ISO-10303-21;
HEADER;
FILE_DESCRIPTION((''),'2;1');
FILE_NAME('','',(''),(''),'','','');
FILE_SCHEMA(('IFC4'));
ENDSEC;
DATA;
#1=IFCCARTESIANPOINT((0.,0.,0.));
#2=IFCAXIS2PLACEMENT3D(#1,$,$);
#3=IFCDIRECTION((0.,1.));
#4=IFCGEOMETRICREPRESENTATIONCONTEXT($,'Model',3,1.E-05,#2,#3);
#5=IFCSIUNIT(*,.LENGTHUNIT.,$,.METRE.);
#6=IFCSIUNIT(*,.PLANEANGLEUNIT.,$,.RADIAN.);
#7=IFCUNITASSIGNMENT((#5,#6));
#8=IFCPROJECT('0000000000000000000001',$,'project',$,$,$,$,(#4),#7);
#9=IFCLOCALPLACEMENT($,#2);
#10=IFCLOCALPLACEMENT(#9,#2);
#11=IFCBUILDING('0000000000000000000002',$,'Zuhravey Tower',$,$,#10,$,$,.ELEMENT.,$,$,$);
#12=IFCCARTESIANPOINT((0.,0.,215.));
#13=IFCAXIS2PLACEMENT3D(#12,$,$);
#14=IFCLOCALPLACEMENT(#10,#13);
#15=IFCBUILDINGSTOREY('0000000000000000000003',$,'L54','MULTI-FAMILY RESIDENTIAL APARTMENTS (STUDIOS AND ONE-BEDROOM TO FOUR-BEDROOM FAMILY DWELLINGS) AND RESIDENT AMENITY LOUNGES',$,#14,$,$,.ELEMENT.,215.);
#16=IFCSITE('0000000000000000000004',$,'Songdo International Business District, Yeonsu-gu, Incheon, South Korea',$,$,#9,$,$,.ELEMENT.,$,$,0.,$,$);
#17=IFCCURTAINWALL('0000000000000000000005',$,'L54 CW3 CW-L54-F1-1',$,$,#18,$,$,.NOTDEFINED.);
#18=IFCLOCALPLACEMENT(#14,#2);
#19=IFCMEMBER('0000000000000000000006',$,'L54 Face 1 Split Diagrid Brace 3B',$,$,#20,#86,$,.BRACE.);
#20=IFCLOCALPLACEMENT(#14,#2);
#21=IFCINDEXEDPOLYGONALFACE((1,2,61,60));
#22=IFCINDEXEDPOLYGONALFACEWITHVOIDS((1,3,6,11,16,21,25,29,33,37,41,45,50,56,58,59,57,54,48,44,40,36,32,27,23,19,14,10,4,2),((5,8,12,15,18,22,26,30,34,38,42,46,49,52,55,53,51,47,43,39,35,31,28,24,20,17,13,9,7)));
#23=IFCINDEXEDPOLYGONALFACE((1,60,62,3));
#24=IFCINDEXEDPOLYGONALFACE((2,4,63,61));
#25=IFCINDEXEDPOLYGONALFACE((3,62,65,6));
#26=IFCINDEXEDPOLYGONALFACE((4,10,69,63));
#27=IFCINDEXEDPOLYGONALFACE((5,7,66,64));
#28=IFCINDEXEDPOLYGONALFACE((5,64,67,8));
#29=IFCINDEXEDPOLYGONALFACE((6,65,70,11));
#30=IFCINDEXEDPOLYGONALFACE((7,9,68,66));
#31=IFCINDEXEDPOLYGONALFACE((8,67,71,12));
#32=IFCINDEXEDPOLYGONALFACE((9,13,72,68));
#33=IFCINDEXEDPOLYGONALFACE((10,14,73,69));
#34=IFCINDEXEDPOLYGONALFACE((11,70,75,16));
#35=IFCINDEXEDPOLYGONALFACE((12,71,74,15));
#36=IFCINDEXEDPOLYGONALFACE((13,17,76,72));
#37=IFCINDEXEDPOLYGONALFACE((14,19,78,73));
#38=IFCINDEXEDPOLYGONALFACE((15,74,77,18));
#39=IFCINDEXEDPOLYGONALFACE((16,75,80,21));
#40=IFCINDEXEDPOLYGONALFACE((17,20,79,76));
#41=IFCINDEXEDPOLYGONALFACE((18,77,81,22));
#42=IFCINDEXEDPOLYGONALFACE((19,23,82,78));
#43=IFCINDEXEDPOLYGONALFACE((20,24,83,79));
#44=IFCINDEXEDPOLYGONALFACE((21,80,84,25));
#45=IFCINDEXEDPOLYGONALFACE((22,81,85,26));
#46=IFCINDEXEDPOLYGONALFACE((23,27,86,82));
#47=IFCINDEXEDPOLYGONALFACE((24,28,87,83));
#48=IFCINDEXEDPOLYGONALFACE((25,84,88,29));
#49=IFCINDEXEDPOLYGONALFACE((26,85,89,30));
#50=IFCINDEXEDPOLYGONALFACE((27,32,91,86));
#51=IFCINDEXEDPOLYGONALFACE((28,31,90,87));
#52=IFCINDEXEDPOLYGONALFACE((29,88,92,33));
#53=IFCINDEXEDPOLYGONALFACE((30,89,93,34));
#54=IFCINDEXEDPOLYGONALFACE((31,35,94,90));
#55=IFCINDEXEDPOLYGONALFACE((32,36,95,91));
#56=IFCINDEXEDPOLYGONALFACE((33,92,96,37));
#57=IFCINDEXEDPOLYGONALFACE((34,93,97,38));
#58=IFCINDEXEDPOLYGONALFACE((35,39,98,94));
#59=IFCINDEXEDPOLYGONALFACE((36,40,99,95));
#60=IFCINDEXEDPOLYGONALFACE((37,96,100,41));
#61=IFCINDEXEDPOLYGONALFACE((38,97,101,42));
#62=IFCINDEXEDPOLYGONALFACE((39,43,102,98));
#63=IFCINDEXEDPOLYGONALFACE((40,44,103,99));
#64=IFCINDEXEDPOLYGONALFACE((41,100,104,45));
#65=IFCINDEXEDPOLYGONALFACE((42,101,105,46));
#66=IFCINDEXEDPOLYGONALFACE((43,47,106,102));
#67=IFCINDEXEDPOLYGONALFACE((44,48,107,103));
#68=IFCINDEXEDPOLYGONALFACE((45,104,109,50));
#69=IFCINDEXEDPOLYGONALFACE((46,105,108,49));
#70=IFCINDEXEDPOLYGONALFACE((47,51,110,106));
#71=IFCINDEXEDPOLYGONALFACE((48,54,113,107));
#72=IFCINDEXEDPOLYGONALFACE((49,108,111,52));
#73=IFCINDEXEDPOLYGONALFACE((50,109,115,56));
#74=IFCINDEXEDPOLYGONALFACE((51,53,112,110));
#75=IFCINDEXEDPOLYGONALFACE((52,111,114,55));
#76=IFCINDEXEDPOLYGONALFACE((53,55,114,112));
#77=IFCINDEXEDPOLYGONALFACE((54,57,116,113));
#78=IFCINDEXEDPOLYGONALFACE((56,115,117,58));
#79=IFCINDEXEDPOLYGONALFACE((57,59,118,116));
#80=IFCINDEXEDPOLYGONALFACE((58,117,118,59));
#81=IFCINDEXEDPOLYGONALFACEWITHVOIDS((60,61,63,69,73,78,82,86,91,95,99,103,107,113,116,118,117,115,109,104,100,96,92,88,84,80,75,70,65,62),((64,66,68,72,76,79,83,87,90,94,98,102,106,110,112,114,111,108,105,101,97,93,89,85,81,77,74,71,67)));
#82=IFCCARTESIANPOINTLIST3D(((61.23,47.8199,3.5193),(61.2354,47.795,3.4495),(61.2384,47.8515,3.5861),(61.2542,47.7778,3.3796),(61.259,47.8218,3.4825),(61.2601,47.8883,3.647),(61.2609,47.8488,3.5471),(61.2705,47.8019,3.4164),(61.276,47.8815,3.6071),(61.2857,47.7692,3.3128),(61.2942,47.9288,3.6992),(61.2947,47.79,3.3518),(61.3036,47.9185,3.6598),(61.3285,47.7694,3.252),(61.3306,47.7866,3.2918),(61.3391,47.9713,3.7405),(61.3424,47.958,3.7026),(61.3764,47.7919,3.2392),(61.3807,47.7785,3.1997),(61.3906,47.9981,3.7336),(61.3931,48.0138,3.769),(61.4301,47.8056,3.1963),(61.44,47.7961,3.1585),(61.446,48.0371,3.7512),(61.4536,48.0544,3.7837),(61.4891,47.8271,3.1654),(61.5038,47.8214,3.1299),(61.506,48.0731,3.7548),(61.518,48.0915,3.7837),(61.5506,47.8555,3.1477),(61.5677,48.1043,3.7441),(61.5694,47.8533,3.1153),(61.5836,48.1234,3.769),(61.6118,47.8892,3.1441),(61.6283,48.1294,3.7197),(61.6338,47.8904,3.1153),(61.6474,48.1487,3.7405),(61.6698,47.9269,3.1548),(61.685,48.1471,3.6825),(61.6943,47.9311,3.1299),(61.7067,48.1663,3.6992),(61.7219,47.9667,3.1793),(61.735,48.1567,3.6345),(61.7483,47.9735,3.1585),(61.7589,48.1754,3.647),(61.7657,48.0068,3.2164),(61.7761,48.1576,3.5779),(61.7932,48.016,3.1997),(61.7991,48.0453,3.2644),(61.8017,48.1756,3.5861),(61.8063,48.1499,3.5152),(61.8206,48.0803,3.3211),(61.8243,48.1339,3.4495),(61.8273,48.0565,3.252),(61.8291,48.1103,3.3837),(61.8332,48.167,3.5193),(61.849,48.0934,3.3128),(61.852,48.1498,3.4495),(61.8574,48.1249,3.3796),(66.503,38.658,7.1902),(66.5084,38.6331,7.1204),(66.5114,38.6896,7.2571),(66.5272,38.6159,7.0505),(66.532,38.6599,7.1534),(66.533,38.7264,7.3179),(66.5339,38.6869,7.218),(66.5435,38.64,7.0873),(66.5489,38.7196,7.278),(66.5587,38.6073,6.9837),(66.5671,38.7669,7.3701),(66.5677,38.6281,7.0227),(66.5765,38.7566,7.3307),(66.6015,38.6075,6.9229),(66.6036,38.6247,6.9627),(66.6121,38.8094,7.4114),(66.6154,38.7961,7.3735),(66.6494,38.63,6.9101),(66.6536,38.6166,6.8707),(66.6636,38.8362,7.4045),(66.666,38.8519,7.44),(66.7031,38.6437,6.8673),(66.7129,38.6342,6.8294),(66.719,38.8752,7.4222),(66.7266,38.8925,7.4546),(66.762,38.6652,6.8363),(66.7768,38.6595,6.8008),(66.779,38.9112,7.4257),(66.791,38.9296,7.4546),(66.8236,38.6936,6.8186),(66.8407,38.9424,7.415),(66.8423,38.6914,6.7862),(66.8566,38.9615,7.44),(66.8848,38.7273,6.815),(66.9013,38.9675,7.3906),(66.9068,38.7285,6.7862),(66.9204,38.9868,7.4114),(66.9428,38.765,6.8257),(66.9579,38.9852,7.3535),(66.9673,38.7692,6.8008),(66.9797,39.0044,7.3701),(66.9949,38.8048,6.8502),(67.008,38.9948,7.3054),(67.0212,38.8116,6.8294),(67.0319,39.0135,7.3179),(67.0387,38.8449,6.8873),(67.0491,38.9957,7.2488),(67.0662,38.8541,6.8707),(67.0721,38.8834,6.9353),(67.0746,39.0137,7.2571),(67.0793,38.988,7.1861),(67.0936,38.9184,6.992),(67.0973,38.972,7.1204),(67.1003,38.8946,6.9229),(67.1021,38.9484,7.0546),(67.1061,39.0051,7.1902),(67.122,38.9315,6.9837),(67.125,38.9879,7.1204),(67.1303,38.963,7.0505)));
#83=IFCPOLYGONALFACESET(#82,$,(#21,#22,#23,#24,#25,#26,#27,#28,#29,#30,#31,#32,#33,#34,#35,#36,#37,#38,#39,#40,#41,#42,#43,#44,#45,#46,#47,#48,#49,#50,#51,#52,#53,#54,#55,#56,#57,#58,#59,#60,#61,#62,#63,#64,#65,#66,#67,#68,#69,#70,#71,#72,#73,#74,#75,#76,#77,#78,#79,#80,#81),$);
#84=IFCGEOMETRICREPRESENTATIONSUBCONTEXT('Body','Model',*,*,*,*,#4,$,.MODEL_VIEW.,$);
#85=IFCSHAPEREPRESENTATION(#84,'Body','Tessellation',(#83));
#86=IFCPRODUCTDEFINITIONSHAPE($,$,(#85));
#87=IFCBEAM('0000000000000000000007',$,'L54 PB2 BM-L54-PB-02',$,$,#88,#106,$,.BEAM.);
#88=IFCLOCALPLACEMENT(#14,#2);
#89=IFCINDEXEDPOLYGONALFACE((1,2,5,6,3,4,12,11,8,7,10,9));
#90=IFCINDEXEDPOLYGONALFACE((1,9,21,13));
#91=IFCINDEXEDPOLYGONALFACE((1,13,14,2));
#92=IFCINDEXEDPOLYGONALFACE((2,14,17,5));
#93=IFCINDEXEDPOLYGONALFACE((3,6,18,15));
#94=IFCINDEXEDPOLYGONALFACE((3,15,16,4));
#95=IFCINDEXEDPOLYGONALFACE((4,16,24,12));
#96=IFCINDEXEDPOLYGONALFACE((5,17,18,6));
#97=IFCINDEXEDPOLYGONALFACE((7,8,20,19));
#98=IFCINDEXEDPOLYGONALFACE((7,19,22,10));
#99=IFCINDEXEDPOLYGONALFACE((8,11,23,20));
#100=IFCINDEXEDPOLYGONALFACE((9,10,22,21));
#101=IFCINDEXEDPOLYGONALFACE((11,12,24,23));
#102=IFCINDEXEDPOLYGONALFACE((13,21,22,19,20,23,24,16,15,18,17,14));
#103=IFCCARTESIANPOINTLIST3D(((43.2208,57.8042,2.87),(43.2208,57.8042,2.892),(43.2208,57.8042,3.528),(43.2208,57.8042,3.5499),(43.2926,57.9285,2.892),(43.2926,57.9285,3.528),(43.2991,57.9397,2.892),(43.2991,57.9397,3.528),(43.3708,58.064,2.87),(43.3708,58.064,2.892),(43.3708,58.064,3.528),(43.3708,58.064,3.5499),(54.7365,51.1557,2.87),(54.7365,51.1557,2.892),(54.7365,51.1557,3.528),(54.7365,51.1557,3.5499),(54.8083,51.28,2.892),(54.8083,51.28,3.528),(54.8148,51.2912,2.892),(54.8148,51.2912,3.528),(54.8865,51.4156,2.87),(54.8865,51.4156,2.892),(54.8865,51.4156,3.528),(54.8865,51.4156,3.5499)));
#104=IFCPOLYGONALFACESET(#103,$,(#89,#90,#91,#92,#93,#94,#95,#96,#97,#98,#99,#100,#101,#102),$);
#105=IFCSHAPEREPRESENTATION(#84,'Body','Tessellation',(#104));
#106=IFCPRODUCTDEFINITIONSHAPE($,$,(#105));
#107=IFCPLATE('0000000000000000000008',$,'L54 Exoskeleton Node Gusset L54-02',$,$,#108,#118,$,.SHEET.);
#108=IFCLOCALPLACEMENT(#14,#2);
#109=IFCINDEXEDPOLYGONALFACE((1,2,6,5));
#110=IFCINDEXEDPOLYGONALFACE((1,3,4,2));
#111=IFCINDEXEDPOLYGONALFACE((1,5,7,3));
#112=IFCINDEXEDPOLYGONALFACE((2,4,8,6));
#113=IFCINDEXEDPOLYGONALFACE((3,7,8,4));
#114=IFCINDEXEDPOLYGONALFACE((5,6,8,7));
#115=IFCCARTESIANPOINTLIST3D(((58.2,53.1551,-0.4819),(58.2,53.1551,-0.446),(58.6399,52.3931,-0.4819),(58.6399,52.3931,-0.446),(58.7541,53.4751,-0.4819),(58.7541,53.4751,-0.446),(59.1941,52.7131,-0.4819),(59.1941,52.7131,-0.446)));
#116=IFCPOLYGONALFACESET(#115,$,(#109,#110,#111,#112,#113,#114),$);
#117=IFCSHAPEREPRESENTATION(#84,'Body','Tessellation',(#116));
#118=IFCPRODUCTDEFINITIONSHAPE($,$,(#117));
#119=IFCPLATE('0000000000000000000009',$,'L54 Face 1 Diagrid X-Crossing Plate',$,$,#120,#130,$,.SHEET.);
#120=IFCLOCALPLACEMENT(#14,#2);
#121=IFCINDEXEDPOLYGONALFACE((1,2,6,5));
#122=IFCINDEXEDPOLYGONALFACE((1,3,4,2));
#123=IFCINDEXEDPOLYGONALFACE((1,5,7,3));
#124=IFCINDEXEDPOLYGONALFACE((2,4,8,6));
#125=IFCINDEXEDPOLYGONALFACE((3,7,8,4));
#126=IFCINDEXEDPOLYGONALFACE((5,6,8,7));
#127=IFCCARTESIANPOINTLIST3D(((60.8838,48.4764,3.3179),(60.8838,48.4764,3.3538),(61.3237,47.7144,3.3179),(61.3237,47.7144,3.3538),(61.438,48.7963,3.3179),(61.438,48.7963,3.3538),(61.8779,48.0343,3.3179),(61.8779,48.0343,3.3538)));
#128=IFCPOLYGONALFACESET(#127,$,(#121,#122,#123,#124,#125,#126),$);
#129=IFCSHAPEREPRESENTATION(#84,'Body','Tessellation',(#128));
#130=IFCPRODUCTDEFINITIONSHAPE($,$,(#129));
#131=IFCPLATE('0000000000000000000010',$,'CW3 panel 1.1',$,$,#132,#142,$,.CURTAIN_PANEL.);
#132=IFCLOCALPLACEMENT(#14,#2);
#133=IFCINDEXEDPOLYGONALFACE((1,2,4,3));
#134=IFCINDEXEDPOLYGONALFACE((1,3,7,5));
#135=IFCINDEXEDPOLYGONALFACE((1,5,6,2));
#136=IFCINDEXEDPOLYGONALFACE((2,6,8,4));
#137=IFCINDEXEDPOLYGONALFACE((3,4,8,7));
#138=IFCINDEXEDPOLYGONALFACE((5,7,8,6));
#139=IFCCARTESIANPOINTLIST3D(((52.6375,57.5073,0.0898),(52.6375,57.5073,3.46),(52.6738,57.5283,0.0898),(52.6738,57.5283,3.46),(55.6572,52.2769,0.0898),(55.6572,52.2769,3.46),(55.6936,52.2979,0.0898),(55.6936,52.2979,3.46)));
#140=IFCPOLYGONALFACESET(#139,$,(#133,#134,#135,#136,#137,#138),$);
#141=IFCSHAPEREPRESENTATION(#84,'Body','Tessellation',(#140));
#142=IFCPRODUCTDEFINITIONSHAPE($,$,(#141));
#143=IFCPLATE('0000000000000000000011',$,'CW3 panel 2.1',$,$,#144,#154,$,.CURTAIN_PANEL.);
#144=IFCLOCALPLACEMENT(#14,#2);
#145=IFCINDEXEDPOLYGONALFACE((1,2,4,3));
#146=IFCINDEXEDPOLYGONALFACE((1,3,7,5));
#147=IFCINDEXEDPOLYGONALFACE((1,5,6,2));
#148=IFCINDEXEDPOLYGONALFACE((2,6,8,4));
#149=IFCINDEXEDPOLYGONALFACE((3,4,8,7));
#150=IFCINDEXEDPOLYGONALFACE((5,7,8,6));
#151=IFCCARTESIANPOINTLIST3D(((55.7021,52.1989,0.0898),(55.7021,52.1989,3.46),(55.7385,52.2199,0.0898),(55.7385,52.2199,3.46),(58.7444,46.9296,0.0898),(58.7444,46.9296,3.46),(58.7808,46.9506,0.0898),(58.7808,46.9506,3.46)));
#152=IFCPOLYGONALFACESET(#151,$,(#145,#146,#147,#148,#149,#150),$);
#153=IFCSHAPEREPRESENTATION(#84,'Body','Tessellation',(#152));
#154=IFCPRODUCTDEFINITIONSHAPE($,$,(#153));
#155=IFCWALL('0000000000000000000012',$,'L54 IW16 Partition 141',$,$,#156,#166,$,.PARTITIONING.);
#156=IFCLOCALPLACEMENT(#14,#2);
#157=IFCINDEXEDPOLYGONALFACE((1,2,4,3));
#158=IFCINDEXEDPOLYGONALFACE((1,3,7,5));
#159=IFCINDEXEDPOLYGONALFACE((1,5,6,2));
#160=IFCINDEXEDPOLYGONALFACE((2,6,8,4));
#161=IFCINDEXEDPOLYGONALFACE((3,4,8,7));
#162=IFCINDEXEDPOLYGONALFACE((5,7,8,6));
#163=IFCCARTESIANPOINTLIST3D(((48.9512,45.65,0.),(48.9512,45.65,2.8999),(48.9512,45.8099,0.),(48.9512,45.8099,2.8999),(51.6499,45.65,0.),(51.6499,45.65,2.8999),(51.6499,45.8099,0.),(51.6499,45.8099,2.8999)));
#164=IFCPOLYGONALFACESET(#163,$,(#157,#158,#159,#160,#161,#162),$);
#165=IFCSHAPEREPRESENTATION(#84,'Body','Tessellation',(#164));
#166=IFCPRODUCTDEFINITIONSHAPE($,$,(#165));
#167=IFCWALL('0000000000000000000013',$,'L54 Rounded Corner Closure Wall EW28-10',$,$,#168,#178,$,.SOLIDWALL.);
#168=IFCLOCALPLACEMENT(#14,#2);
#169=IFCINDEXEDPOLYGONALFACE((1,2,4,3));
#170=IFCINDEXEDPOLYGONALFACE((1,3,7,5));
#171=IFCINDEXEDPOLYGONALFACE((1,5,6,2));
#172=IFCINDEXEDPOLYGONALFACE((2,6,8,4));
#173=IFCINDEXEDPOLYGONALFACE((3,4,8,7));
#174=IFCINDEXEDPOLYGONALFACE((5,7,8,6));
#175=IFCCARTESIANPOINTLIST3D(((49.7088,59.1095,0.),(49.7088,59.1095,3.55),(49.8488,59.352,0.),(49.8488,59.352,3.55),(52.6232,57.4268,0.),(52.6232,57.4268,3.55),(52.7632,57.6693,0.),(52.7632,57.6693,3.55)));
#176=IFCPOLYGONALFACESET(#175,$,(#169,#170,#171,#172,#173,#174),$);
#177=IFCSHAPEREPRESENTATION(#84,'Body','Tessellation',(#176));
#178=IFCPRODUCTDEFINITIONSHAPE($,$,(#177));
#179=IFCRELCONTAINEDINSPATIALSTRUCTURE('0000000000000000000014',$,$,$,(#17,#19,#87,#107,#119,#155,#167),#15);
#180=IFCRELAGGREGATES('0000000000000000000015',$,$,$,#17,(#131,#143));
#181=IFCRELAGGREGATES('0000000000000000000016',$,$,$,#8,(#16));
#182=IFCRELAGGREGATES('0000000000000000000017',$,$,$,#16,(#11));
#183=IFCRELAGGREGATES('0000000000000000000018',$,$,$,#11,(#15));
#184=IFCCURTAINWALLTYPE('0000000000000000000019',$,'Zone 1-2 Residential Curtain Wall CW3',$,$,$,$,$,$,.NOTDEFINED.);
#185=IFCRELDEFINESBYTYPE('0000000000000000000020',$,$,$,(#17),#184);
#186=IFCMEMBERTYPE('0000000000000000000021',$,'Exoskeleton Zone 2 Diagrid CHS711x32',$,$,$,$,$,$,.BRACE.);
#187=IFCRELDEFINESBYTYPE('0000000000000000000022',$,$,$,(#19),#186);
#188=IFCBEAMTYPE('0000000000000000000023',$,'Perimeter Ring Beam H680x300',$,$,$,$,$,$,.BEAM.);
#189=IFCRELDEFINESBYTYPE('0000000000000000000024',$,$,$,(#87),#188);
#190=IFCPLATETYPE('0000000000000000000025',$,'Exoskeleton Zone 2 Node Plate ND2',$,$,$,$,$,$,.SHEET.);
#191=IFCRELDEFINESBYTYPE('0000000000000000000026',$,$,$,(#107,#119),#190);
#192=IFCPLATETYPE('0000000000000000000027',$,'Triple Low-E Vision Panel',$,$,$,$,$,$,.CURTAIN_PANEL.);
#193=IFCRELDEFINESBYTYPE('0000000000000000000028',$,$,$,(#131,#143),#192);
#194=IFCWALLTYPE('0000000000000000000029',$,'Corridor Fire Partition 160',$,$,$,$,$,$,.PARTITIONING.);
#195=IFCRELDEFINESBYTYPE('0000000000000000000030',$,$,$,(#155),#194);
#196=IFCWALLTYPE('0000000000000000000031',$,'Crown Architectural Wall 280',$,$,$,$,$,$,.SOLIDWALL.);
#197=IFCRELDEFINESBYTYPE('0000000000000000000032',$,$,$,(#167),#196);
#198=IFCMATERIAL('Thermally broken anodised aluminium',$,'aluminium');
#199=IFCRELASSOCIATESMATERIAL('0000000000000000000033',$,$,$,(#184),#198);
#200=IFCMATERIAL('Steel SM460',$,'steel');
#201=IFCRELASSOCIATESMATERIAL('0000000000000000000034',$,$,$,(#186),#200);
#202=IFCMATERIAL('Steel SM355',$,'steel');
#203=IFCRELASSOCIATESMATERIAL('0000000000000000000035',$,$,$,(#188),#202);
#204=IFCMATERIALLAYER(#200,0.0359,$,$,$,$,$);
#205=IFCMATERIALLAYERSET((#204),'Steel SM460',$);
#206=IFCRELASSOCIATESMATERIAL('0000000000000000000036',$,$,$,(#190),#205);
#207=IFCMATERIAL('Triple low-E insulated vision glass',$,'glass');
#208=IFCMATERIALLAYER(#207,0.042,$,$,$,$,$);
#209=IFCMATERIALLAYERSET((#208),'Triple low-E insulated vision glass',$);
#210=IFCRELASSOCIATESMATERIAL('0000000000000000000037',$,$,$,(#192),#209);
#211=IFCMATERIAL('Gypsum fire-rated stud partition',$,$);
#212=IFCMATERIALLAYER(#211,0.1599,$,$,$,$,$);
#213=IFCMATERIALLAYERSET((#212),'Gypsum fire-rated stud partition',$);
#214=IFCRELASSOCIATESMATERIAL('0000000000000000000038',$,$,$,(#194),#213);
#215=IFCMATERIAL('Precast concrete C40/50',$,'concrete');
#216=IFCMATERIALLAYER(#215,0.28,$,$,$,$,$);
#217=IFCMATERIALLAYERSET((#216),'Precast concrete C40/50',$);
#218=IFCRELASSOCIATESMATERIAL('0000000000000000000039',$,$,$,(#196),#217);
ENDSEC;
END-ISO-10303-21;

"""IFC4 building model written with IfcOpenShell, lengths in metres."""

from ifc_helpers import new_model, si_unit, direction, frame, frame_2d, origin, origin_2d, place, context, subcontext, project, spatial, rectangle, hollow_circle, i_section, extrude, material, layer, layer_set, material_profile, profile_set, type_object, element, aggregate, save


model = new_model("IFC4")

# Units and contexts
model_context = context("Model", 3, precision=1e-05, world=origin(), true_north=direction((0.0, 1.0)))
body_context = subcontext(model_context, "Body", "Model", "MODEL_VIEW")
ifc_project = project(units=[si_unit("LENGTHUNIT", "METRE"), si_unit("PLANEANGLEUNIT", "RADIAN")], contexts=[model_context])

# Site, building, storey
site_placement = place(None, origin())
site = spatial("IfcSite", under=ifc_project, at=site_placement, Name="Songdo International Business District, Yeonsu-gu, Incheon, South Korea", CompositionType="ELEMENT", RefElevation=0.0)
building_placement = place(site_placement, origin())
building = spatial("IfcBuilding", under=site, at=building_placement, Name="Zuhravey Tower", CompositionType="ELEMENT")
storey_placement = place(building_placement, frame((0.0, 0.0, 215.0)))
storey = spatial("IfcBuildingStorey", under=building, at=storey_placement, Name="L54", Description="MULTI-FAMILY RESIDENTIAL APARTMENTS (STUDIOS AND ONE-BEDROOM TO FOUR-BEDROOM FAMILY DWELLINGS) AND RESIDENT AMENITY LOUNGES", CompositionType="ELEMENT", Elevation=215.0)

# Shared definitions
ifc_material_1 = material(Name="Thermally broken anodised aluminium", Category="aluminium")
curtain_wall_type = type_object("IfcCurtainWallType", Name="Zone 1-2 Residential Curtain Wall CW3", PredefinedType="NOTDEFINED", material=ifc_material_1)

# Curtain wall
curtain_wall_1_placement = place(storey_placement, origin())
curtain_wall_1 = element("IfcCurtainWall", 1, at=curtain_wall_1_placement, inside=storey, type_object=curtain_wall_type, Name="L54 CW3 CW-L54-F1-1", PredefinedType="NOTDEFINED")

# Member
ifc_material_2 = material(Name="Steel SM460", Category="steel")
ifc_material_profile_1 = material_profile(ifc_material_2, hollow_circle(Radius=0.3557, WallThickness=0.032, at=origin_2d()), Name="CHS-711.2x32")
ifc_profile_set_1 = profile_set([ifc_material_profile_1], Name="Steel SM460")
member_type_1 = type_object("IfcMemberType", Name="Exoskeleton Zone 2 Diagrid CHS711x32", PredefinedType="BRACE", material=ifc_profile_set_1)
member_1_placement = place(storey_placement, frame((61.5437, 47.9724, 3.4495), z_axis=(0.471214, -0.818744, 0.328048), x_axis=(0.866707, 0.498818, 0.0)))
element("IfcMember", 2, at=member_1_placement, inside=storey, type_object=member_type_1, Name="L54 Face 1 Split Diagrid Brace 3B", PredefinedType="BRACE", context=body_context, shape_type="SweptSolid", body=[
    extrude(hollow_circle(Radius=0.3557, WallThickness=0.032, at=origin_2d()), origin(), (0.0, 0.0, 1.0), 11.1902),
])

# Beam
ifc_material_3 = material(Name="Steel SM355", Category="steel")
ifc_material_profile_2 = material_profile(ifc_material_3, i_section(OverallWidth=0.3, OverallDepth=0.6799, WebThickness=0.0129, FlangeThickness=0.022, at=origin_2d()), Name="H-680x300x13x22")
ifc_profile_set_2 = profile_set([ifc_material_profile_2], Name="Steel SM355")
beam_type = type_object("IfcBeamType", Name="Perimeter Ring Beam H680x300", PredefinedType="BEAM", material=ifc_profile_set_2)
beam_placement = place(storey_placement, frame((54.8115, 51.2856, 3.21), z_axis=(-0.866029, 0.499994, 0.0), x_axis=(-0.499994, -0.866029, 0.0)))
element("IfcBeam", 3, at=beam_placement, inside=storey, type_object=beam_type, Name="L54 PB2 BM-L54-PB-02", PredefinedType="BEAM", context=body_context, shape_type="SweptSolid", body=[
    extrude(i_section(OverallWidth=0.3, OverallDepth=0.6799, WebThickness=0.0129, FlangeThickness=0.022, at=origin_2d()), origin(), (0.0, 0.0, 1.0), 13.2971),
])

# Plates
ifc_layer_1 = layer(ifc_material_2, 0.0359)
ifc_layer_set_1 = layer_set([ifc_layer_1], Name="Steel SM460")
plate_type_1 = type_object("IfcPlateType", Name="Exoskeleton Zone 2 Node Plate ND2", PredefinedType="SHEET", material=ifc_layer_set_1)
for number, where, z_axis, x_axis, name in (
    (4, (58.697, 52.9341, -0.4819), (0.0, 0.0, 1.0), (-0.5, 0.866025, 0.0), "L54 Exoskeleton Node Gusset L54-02"),
    (5, (61.3809, 48.2554, 3.3179), (0.0, 0.0, 1.0), (-0.5, 0.866025, 0.0), "L54 Face 1 Diagrid X-Crossing Plate"),
):
    element("IfcPlate", number, at=place(storey_placement, frame(where, z_axis=z_axis, x_axis=x_axis)), inside=storey, type_object=plate_type_1, Name=name, PredefinedType="SHEET", context=body_context, shape_type="SweptSolid", body=[
        extrude(rectangle(XDim=0.8799, YDim=0.6399, at=origin_2d()), origin(), (0.0, 0.0, 1.0), 0.0359),
    ])

# Plates
ifc_material_4 = material(Name="Triple low-E insulated vision glass", Category="glass")
ifc_layer_2 = layer(ifc_material_4, 0.042)
ifc_layer_set_2 = layer_set([ifc_layer_2], Name="Triple low-E insulated vision glass")
plate_type_2 = type_object("IfcPlateType", Name="Triple Low-E Vision Panel", PredefinedType="CURTAIN_PANEL", material=ifc_layer_set_2)
plate_1_placement = place(storey_placement, frame((54.1655, 54.9026, 0.0898), z_axis=(0.0, 0.0, 1.0), x_axis=(0.500002, -0.866024, 0.0)))
plate_1 = element("IfcPlate", 6, at=plate_1_placement, type_object=plate_type_2, Name="CW3 panel 1.1", PredefinedType="CURTAIN_PANEL", context=body_context, shape_type="SweptSolid", body=[
    extrude(rectangle(XDim=6.0396, YDim=0.042, at=origin_2d()), origin(), (0.0, 0.0, 1.0), 3.3701),
])
plate_2_placement = place(storey_placement, frame((57.2415, 49.5747, 0.0898), z_axis=(0.0, 0.0, 1.0), x_axis=(0.500002, -0.866024, 0.0)))
plate_2 = element("IfcPlate", 7, at=plate_2_placement, type_object=plate_type_2, Name="CW3 panel 2.1", PredefinedType="CURTAIN_PANEL", context=body_context, shape_type="SweptSolid", body=[
    extrude(rectangle(XDim=6.0845, YDim=0.042, at=origin_2d()), origin(), (0.0, 0.0, 1.0), 3.3701),
])
aggregate(curtain_wall_1, [plate_1, plate_2])

# Walls
ifc_material_5 = material(Name="Gypsum fire-rated stud partition")
ifc_layer_3 = layer(ifc_material_5, 0.1599)
ifc_layer_set_3 = layer_set([ifc_layer_3], Name="Gypsum fire-rated stud partition")
wall_type_1 = type_object("IfcWallType", Name="Corridor Fire Partition 160", PredefinedType="PARTITIONING", material=ifc_layer_set_3)
wall_1_placement = place(storey_placement, frame((51.6499, 45.73, 0.0), z_axis=(0.0, 0.0, 1.0), x_axis=(-1.0, 0.0, 0.0)))
element("IfcWall", 8, at=wall_1_placement, inside=storey, type_object=wall_type_1, Name="L54 IW16 Partition 141", PredefinedType="PARTITIONING", context=body_context, shape_type="SweptSolid", body=[
    extrude(rectangle(XDim=2.6987, YDim=0.1599, at=frame_2d((1.3494, 0.0))), origin(), (0.0, 0.0, 1.0), 2.8999),
])
ifc_material_6 = material(Name="Precast concrete C40/50", Category="concrete")
ifc_layer_4 = layer(ifc_material_6, 0.28)
ifc_layer_set_4 = layer_set([ifc_layer_4], Name="Precast concrete C40/50")
wall_type_2 = type_object("IfcWallType", Name="Crown Architectural Wall 280", PredefinedType="SOLIDWALL", material=ifc_layer_set_4)
wall_2_placement = place(storey_placement, frame((49.7788, 59.2307, 0.0), z_axis=(0.0, 0.0, 1.0), x_axis=(0.86602, -0.500009, 0.0)))
element("IfcWall", 9, at=wall_2_placement, inside=storey, type_object=wall_type_2, Name="L54 Rounded Corner Closure Wall EW28-10", PredefinedType="SOLIDWALL", context=body_context, shape_type="SweptSolid", body=[
    extrude(rectangle(XDim=3.3652, YDim=0.28, at=frame_2d((1.6826, 0.0))), origin(), (0.0, 0.0, 1.0), 3.55),
])

save(model, "model.ifc")
